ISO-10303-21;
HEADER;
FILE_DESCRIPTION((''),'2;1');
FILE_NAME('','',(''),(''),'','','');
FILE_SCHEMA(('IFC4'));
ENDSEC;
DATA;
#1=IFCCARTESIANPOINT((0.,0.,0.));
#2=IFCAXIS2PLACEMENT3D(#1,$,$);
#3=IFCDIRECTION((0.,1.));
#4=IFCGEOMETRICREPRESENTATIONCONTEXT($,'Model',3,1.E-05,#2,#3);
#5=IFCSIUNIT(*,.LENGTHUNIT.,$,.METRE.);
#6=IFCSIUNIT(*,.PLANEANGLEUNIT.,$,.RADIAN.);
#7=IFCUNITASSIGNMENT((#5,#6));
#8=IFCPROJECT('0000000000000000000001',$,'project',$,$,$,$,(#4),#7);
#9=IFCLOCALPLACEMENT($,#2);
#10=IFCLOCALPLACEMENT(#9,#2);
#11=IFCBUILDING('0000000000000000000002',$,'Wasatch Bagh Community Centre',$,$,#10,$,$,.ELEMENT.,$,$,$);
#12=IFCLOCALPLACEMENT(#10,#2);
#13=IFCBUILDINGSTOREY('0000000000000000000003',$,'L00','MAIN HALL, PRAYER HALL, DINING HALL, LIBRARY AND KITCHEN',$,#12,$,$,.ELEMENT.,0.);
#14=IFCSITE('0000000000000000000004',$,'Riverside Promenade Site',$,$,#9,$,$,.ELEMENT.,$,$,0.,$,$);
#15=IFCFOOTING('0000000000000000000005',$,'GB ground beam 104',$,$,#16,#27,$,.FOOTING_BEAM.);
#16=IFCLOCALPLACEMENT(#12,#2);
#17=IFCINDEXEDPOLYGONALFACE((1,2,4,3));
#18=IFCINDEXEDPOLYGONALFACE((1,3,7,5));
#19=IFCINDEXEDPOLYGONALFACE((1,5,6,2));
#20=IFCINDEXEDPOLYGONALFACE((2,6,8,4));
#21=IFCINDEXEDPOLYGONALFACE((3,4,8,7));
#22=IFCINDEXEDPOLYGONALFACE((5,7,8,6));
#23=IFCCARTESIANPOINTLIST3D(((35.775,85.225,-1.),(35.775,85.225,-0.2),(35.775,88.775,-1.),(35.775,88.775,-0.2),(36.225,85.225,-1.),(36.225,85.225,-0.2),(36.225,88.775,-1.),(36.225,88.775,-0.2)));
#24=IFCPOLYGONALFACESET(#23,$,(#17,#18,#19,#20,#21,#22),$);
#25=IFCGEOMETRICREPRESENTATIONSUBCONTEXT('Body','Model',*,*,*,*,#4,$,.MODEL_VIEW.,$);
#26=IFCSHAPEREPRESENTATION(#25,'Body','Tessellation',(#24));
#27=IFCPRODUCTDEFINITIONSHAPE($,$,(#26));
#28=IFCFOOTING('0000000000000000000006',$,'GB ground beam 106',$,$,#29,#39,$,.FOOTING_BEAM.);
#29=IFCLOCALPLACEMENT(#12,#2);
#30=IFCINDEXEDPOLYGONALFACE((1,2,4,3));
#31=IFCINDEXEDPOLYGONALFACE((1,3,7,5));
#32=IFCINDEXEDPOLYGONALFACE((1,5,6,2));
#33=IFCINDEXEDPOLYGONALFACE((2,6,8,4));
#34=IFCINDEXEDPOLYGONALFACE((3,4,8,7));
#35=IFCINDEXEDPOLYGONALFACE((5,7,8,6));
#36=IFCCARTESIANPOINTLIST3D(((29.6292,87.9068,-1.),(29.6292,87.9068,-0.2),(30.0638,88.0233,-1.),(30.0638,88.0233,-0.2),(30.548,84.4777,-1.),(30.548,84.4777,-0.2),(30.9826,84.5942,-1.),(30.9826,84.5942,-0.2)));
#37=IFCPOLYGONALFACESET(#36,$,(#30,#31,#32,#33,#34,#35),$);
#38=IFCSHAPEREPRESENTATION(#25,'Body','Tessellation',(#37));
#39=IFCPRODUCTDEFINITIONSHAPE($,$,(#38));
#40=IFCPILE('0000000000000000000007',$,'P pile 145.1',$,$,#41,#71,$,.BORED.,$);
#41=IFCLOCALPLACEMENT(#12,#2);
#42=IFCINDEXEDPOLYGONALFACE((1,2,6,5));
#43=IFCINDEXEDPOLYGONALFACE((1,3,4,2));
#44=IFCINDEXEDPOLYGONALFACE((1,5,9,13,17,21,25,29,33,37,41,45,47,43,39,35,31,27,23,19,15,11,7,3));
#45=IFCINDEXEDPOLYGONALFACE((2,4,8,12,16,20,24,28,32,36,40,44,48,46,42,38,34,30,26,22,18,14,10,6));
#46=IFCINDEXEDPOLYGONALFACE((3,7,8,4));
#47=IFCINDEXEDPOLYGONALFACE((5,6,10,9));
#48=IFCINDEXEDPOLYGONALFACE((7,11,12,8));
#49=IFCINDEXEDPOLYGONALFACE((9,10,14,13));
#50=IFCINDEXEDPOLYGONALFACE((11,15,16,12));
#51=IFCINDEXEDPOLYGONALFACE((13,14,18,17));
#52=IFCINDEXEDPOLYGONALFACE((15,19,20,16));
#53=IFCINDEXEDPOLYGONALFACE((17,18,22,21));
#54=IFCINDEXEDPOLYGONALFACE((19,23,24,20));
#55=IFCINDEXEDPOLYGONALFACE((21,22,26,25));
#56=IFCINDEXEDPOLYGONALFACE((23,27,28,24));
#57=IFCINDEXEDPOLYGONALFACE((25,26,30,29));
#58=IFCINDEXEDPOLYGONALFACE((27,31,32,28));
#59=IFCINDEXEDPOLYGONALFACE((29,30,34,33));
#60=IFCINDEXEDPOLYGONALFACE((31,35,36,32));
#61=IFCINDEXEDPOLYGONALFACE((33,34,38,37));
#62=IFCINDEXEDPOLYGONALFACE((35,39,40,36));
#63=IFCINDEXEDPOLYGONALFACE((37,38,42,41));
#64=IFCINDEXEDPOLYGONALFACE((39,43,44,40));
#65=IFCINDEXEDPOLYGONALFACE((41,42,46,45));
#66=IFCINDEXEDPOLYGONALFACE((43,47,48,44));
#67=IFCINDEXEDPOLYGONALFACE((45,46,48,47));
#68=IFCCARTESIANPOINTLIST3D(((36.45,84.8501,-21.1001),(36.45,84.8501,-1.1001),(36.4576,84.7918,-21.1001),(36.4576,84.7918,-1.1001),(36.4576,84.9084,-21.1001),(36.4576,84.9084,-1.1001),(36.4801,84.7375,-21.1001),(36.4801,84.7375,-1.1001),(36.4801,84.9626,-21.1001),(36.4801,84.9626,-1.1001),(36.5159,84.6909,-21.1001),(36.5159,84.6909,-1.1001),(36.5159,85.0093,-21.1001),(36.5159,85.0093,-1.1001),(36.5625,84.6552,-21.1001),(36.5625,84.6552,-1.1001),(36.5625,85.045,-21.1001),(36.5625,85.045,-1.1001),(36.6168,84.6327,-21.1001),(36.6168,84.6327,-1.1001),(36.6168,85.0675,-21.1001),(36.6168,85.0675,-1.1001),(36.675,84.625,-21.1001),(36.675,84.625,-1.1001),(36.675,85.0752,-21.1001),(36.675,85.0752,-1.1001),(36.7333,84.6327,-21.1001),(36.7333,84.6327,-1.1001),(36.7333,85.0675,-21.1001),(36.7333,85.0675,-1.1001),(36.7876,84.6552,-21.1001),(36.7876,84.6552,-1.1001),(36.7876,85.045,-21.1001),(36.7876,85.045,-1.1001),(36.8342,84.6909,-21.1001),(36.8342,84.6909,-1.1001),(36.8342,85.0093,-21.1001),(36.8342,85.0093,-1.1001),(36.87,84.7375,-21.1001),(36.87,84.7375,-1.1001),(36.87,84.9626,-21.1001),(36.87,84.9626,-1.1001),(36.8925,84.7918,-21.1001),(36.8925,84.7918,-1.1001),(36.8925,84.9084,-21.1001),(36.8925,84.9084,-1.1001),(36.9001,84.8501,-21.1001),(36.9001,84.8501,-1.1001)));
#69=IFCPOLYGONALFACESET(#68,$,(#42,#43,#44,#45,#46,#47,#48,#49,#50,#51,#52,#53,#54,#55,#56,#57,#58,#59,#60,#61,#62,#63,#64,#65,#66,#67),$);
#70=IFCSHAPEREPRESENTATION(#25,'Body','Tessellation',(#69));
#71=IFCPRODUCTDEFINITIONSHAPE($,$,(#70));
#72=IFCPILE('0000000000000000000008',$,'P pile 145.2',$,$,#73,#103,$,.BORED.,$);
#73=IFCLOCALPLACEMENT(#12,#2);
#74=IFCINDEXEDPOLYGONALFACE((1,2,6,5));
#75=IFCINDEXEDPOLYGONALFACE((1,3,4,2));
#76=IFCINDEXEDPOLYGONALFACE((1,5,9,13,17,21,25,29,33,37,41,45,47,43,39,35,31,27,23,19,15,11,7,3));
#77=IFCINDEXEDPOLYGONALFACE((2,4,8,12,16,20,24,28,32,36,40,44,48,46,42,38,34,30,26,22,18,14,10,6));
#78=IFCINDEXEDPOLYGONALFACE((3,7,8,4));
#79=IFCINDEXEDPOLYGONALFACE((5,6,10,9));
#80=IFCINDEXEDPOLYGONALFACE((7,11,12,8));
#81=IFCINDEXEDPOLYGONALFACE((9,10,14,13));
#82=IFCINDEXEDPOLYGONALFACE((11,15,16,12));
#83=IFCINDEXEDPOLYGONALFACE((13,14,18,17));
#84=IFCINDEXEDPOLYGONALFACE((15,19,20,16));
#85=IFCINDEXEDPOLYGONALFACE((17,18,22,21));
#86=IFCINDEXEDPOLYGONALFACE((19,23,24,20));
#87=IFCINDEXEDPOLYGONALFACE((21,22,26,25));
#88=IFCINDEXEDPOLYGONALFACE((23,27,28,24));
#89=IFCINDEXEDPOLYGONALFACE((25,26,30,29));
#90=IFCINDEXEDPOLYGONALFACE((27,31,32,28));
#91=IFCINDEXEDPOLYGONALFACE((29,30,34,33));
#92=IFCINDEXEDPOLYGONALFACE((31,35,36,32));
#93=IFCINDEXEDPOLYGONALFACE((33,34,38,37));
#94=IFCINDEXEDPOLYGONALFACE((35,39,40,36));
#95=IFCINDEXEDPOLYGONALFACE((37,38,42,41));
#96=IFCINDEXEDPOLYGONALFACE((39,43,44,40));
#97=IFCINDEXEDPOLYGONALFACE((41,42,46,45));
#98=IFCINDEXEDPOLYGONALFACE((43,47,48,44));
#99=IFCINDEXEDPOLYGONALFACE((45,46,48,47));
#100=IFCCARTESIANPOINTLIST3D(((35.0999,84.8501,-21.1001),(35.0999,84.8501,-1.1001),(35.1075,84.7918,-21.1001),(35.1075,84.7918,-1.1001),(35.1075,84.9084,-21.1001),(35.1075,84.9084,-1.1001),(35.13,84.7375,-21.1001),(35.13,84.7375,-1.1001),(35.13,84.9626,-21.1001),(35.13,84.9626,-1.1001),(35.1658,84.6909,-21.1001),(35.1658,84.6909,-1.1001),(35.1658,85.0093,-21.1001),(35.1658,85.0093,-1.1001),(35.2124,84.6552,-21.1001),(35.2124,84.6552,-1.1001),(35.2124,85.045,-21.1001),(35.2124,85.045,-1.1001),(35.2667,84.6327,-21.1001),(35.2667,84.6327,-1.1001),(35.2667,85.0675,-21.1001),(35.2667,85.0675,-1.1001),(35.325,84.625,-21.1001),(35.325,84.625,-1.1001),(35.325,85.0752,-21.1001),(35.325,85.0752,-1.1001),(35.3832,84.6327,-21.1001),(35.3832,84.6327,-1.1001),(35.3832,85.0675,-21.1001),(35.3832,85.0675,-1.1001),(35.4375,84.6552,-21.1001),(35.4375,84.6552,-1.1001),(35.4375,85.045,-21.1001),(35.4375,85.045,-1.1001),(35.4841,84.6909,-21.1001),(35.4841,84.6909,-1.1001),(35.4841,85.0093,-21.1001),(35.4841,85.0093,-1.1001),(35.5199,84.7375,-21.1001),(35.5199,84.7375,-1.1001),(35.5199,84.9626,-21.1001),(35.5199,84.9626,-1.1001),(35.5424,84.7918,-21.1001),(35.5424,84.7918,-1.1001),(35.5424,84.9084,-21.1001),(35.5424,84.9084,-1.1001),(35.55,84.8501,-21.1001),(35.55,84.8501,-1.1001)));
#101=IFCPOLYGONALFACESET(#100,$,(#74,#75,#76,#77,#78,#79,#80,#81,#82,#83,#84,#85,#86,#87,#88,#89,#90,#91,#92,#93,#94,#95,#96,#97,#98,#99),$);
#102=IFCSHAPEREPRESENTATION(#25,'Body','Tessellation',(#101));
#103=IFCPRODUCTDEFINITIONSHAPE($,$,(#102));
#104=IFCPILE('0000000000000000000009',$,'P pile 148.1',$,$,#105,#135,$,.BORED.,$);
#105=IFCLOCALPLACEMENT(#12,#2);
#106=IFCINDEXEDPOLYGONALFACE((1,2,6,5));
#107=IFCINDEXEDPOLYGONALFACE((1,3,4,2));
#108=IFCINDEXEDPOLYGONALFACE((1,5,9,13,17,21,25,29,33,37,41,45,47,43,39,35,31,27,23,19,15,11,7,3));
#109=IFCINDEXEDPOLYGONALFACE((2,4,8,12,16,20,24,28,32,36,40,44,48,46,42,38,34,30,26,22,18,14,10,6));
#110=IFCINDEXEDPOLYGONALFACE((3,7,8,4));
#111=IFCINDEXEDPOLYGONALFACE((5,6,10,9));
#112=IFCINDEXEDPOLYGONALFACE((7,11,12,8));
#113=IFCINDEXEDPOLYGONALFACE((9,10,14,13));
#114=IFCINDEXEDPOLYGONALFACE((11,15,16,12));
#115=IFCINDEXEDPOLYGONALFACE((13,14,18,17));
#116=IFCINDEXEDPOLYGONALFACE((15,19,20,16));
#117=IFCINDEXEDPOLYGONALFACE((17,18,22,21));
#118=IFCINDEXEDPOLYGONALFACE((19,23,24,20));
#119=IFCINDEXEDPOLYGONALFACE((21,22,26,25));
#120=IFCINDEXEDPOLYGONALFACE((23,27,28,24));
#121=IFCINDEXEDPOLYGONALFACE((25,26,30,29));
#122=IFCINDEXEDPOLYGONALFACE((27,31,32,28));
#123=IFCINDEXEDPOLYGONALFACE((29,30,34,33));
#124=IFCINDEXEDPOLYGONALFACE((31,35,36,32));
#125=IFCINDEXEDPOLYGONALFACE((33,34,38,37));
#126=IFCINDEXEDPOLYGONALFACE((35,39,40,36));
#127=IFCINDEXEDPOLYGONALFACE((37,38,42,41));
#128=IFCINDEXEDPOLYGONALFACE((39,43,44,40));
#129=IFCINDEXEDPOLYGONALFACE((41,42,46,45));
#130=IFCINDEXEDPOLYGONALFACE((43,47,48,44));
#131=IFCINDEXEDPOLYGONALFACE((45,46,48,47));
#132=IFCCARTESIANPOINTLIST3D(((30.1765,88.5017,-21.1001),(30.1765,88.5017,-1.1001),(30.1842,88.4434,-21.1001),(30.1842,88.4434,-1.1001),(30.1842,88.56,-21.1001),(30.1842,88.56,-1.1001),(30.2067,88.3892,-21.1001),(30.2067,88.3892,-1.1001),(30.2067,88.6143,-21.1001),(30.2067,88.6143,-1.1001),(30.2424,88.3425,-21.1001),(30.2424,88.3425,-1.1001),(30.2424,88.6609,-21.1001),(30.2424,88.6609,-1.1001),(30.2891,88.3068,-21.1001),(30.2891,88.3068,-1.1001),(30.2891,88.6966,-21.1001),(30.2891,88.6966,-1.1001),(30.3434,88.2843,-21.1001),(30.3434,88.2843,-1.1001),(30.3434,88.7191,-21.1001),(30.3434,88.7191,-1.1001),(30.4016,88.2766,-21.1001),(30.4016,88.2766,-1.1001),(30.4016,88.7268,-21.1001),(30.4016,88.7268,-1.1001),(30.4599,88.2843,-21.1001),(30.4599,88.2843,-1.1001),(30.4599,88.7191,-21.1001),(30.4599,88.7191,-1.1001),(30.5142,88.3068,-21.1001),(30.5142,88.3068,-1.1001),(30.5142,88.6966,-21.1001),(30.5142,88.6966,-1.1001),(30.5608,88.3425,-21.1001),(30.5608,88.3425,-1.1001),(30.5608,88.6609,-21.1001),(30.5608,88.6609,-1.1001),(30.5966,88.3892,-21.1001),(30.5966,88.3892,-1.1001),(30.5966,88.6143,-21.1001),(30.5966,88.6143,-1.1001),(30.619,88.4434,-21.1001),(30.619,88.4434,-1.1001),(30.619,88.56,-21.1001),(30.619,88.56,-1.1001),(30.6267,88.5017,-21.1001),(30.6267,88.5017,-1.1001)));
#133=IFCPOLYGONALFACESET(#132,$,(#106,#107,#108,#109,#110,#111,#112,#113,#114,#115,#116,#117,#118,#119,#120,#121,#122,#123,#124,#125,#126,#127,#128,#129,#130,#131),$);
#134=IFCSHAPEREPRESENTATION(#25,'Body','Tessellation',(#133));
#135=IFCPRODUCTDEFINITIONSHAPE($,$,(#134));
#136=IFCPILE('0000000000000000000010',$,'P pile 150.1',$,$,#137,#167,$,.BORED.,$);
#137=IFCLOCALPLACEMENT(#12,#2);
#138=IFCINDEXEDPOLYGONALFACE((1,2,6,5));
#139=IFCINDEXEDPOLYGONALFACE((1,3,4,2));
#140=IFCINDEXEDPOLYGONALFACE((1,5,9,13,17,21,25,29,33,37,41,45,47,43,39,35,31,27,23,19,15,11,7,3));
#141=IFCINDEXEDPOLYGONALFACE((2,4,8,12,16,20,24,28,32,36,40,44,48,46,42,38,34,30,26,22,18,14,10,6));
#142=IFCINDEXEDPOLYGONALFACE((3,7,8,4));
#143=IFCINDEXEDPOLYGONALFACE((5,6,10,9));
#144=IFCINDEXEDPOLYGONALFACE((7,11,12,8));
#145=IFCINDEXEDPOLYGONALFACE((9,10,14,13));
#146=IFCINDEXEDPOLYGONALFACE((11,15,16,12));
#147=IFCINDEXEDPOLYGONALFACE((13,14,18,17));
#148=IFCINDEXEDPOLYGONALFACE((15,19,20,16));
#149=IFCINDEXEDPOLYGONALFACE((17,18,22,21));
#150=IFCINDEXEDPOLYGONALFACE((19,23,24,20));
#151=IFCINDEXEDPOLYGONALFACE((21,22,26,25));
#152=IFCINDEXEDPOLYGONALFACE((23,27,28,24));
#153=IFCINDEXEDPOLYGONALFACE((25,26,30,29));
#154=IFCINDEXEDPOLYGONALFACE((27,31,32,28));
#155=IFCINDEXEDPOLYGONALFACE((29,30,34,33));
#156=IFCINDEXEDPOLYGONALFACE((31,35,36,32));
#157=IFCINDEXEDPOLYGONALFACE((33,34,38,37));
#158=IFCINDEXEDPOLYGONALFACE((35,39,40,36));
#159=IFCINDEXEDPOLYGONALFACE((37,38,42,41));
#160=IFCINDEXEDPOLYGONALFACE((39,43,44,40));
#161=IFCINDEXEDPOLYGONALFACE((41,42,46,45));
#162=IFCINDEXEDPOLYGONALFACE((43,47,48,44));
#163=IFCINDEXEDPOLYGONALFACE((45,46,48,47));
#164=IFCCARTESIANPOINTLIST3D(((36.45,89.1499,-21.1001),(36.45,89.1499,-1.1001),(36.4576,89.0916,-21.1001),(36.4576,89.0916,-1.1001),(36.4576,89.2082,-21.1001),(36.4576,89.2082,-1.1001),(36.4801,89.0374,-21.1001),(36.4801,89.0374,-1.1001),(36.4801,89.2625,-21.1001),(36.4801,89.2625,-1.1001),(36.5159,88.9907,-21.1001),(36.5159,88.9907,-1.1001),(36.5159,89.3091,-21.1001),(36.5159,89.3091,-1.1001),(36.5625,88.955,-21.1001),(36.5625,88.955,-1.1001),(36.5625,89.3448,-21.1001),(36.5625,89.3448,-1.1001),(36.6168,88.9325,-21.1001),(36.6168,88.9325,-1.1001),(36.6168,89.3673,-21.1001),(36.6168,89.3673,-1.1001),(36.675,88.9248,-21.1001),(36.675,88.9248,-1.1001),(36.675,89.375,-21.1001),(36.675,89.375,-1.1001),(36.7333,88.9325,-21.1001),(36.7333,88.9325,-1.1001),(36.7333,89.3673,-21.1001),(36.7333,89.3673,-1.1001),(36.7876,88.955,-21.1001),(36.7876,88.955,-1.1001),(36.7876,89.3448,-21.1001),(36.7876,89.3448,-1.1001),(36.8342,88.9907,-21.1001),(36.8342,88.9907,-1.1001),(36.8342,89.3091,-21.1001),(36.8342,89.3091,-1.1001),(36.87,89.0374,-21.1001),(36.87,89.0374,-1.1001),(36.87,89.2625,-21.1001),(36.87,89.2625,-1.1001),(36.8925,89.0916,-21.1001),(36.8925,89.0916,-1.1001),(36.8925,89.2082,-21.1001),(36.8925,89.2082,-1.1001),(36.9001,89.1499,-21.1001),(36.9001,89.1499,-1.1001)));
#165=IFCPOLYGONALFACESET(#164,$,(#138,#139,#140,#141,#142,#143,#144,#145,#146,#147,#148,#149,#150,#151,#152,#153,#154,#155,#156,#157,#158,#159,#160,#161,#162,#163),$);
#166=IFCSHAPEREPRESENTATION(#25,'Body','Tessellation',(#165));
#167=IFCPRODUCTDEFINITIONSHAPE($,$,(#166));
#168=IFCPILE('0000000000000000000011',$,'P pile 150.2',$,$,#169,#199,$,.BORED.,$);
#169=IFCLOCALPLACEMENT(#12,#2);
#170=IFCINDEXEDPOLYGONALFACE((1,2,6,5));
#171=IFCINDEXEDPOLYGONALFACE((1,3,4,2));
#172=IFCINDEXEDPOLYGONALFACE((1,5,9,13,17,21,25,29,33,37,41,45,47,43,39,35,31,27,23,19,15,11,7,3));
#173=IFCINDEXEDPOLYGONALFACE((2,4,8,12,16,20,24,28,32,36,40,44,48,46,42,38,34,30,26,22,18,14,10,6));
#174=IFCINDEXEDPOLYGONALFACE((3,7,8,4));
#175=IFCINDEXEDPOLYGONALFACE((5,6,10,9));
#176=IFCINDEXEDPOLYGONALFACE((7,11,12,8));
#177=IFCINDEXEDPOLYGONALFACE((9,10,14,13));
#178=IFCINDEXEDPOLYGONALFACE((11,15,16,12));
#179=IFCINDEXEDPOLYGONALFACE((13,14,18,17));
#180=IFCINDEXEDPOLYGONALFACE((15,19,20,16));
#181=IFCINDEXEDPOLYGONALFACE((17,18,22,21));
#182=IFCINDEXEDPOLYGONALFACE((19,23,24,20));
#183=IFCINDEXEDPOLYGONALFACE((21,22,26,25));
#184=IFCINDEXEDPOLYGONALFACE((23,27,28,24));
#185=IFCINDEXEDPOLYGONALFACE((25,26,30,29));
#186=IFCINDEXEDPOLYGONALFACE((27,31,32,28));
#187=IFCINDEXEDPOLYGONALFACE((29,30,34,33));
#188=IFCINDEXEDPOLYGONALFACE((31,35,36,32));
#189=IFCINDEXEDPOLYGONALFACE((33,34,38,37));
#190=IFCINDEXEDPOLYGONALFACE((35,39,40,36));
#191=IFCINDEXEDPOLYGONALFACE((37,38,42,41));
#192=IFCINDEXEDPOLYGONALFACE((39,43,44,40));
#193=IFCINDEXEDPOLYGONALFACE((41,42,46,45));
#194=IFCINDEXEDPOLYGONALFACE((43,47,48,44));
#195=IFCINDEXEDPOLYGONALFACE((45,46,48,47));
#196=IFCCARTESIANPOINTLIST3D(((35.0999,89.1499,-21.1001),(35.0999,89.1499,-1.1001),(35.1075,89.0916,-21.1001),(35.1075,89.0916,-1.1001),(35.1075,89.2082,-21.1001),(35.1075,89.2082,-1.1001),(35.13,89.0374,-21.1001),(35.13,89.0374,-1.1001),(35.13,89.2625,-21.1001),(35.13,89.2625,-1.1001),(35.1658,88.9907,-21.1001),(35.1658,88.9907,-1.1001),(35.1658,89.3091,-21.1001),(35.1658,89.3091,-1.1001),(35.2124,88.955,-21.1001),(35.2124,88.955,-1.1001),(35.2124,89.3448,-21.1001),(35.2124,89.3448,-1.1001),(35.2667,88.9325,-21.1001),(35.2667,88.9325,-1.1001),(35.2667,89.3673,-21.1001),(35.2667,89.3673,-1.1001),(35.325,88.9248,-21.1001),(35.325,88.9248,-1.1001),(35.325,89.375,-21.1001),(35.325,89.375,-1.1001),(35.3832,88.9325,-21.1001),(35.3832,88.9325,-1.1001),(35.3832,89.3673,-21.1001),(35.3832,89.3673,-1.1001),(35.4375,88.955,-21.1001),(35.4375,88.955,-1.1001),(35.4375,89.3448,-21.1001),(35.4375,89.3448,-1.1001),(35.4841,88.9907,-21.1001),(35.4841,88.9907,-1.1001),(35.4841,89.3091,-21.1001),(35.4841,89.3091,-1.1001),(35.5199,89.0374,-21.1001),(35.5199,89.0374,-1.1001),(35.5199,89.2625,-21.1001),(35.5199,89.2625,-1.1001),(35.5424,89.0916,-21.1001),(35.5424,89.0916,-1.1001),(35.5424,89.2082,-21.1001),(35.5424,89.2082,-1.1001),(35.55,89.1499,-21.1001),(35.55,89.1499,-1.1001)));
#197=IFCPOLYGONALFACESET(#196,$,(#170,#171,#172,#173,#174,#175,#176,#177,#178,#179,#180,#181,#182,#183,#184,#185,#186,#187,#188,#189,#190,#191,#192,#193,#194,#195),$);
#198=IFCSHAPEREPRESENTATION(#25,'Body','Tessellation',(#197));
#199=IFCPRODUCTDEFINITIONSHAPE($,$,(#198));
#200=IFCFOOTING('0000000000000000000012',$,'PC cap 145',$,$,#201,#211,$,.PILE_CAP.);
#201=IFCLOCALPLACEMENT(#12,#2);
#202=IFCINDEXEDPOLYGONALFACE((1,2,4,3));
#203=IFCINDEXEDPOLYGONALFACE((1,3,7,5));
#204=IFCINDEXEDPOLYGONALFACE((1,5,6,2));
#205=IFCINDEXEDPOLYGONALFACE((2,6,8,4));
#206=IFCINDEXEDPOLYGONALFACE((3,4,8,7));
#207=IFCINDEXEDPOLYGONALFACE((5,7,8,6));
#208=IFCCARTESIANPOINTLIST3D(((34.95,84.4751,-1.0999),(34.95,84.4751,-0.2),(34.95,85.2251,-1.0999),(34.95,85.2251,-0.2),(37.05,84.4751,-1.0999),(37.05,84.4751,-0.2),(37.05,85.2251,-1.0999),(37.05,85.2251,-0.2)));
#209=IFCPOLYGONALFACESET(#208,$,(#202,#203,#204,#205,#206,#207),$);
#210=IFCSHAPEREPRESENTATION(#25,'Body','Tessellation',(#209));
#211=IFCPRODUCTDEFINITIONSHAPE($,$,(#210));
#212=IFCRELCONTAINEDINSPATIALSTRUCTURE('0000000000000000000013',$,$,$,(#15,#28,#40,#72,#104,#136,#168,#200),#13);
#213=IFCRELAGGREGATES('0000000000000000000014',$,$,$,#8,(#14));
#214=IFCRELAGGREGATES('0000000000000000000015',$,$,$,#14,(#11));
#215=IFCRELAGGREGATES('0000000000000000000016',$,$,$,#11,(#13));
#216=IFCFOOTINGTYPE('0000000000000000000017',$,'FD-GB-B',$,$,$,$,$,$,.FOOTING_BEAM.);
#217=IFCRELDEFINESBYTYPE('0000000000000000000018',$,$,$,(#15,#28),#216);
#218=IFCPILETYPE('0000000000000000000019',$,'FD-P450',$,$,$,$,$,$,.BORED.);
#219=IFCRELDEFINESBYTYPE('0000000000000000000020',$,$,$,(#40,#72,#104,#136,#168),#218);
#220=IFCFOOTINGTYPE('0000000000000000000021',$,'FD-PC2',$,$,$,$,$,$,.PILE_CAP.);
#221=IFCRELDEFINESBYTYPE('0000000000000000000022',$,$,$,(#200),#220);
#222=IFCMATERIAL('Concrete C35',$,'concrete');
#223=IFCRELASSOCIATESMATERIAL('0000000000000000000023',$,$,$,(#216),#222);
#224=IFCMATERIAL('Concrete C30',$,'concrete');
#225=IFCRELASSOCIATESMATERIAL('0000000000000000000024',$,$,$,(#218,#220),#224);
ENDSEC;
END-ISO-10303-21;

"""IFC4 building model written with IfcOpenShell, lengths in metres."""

from ifc_helpers import new_model, si_unit, direction, frame, origin, origin_2d, place, context, subcontext, project, spatial, rectangle, circle, extrude, material, material_profile, profile_set, type_object, element, save


model = new_model("IFC4")

# Units and contexts
model_context = context("Model", 3, precision=1e-05, world=origin(), true_north=direction((0.0, 1.0)))
body_context = subcontext(model_context, "Body", "Model", "MODEL_VIEW")
ifc_project = project(units=[si_unit("LENGTHUNIT", "METRE"), si_unit("PLANEANGLEUNIT", "RADIAN")], contexts=[model_context])

# Site, building, storey
site_placement = place(None, origin())
site = spatial("IfcSite", under=ifc_project, at=site_placement, Name="Riverside Promenade Site", CompositionType="ELEMENT", RefElevation=0.0)
building_placement = place(site_placement, origin())
building = spatial("IfcBuilding", under=site, at=building_placement, Name="Wasatch Bagh Community Centre", CompositionType="ELEMENT")
storey_placement = place(building_placement, origin())
storey = spatial("IfcBuildingStorey", under=building, at=storey_placement, Name="L00", Description="MAIN HALL, PRAYER HALL, DINING HALL, LIBRARY AND KITCHEN", CompositionType="ELEMENT", Elevation=0.0)

# Footings
ifc_material_1 = material(Name="Concrete C35", Category="concrete")
footing_type_1 = type_object("IfcFootingType", Name="FD-GB-B", PredefinedType="FOOTING_BEAM", material=ifc_material_1)
for number, where, z_axis, x_axis, name in (
    (1, (36.0, 87.0, -1.0), (0.0, 0.0, 1.0), (0.0, 1.0, 0.0), "GB ground beam 104"),
    (2, (30.3059, 86.2505, -1.0), (0.0, 0.0, 1.0), (-0.258819, 0.965926, 0.0), "GB ground beam 106"),
):
    element("IfcFooting", number, at=place(storey_placement, frame(where, z_axis=z_axis, x_axis=x_axis)), inside=storey, type_object=footing_type_1, Name=name, PredefinedType="FOOTING_BEAM", context=body_context, shape_type="SweptSolid", body=[
        extrude(rectangle(XDim=3.55, YDim=0.45, at=origin_2d()), origin(), (0.0, 0.0, 1.0), 0.8),
    ])

# Piles
ifc_material_2 = material(Name="Concrete C30", Category="concrete")
ifc_material_profile_1 = material_profile(ifc_material_2, circle(Radius=0.2251, at=origin_2d()), Name="RC D450")
ifc_profile_set_1 = profile_set([ifc_material_profile_1], Name="Concrete C30")
pile_type = type_object("IfcPileType", Name="FD-P450", PredefinedType="BORED", material=ifc_profile_set_1)
for number, where, z_axis, x_axis, name in (
    (3, (36.675, 84.8501, -1.1001), (0.0, 0.0, -1.0), (1.0, 0.0, 0.0), "P pile 145.1"),
    (4, (35.325, 84.8501, -1.1001), (0.0, 0.0, -1.0), (1.0, 0.0, 0.0), "P pile 145.2"),
    (5, (30.4016, 88.5017, -1.1001), (0.0, 0.0, -1.0), (1.0, 0.0, 0.0), "P pile 148.1"),
    (6, (36.675, 89.1499, -1.1001), (0.0, 0.0, -1.0), (1.0, 0.0, 0.0), "P pile 150.1"),
    (7, (35.325, 89.1499, -1.1001), (0.0, 0.0, -1.0), (1.0, 0.0, 0.0), "P pile 150.2"),
):
    element("IfcPile", number, at=place(storey_placement, frame(where, z_axis=z_axis, x_axis=x_axis)), inside=storey, type_object=pile_type, Name=name, PredefinedType="BORED", context=body_context, shape_type="SweptSolid", body=[
        extrude(circle(Radius=0.2251, at=origin_2d()), origin(), (0.0, 0.0, 1.0), 20.0),
    ])

# Footing
footing_type_2 = type_object("IfcFootingType", Name="FD-PC2", PredefinedType="PILE_CAP", material=ifc_material_2)
for number, where, z_axis, x_axis, name in (
    (8, (36.0, 84.8501, -1.0999), (0.0, 0.0, 1.0), (-1.0, 0.0, 0.0), "PC cap 145"),
):
    element("IfcFooting", number, at=place(storey_placement, frame(where, z_axis=z_axis, x_axis=x_axis)), inside=storey, type_object=footing_type_2, Name=name, PredefinedType="PILE_CAP", context=body_context, shape_type="SweptSolid", body=[
        extrude(rectangle(XDim=2.1001, YDim=0.75, at=origin_2d()), origin(), (0.0, 0.0, 1.0), 0.8999),
    ])

save(model, "model.ifc")
